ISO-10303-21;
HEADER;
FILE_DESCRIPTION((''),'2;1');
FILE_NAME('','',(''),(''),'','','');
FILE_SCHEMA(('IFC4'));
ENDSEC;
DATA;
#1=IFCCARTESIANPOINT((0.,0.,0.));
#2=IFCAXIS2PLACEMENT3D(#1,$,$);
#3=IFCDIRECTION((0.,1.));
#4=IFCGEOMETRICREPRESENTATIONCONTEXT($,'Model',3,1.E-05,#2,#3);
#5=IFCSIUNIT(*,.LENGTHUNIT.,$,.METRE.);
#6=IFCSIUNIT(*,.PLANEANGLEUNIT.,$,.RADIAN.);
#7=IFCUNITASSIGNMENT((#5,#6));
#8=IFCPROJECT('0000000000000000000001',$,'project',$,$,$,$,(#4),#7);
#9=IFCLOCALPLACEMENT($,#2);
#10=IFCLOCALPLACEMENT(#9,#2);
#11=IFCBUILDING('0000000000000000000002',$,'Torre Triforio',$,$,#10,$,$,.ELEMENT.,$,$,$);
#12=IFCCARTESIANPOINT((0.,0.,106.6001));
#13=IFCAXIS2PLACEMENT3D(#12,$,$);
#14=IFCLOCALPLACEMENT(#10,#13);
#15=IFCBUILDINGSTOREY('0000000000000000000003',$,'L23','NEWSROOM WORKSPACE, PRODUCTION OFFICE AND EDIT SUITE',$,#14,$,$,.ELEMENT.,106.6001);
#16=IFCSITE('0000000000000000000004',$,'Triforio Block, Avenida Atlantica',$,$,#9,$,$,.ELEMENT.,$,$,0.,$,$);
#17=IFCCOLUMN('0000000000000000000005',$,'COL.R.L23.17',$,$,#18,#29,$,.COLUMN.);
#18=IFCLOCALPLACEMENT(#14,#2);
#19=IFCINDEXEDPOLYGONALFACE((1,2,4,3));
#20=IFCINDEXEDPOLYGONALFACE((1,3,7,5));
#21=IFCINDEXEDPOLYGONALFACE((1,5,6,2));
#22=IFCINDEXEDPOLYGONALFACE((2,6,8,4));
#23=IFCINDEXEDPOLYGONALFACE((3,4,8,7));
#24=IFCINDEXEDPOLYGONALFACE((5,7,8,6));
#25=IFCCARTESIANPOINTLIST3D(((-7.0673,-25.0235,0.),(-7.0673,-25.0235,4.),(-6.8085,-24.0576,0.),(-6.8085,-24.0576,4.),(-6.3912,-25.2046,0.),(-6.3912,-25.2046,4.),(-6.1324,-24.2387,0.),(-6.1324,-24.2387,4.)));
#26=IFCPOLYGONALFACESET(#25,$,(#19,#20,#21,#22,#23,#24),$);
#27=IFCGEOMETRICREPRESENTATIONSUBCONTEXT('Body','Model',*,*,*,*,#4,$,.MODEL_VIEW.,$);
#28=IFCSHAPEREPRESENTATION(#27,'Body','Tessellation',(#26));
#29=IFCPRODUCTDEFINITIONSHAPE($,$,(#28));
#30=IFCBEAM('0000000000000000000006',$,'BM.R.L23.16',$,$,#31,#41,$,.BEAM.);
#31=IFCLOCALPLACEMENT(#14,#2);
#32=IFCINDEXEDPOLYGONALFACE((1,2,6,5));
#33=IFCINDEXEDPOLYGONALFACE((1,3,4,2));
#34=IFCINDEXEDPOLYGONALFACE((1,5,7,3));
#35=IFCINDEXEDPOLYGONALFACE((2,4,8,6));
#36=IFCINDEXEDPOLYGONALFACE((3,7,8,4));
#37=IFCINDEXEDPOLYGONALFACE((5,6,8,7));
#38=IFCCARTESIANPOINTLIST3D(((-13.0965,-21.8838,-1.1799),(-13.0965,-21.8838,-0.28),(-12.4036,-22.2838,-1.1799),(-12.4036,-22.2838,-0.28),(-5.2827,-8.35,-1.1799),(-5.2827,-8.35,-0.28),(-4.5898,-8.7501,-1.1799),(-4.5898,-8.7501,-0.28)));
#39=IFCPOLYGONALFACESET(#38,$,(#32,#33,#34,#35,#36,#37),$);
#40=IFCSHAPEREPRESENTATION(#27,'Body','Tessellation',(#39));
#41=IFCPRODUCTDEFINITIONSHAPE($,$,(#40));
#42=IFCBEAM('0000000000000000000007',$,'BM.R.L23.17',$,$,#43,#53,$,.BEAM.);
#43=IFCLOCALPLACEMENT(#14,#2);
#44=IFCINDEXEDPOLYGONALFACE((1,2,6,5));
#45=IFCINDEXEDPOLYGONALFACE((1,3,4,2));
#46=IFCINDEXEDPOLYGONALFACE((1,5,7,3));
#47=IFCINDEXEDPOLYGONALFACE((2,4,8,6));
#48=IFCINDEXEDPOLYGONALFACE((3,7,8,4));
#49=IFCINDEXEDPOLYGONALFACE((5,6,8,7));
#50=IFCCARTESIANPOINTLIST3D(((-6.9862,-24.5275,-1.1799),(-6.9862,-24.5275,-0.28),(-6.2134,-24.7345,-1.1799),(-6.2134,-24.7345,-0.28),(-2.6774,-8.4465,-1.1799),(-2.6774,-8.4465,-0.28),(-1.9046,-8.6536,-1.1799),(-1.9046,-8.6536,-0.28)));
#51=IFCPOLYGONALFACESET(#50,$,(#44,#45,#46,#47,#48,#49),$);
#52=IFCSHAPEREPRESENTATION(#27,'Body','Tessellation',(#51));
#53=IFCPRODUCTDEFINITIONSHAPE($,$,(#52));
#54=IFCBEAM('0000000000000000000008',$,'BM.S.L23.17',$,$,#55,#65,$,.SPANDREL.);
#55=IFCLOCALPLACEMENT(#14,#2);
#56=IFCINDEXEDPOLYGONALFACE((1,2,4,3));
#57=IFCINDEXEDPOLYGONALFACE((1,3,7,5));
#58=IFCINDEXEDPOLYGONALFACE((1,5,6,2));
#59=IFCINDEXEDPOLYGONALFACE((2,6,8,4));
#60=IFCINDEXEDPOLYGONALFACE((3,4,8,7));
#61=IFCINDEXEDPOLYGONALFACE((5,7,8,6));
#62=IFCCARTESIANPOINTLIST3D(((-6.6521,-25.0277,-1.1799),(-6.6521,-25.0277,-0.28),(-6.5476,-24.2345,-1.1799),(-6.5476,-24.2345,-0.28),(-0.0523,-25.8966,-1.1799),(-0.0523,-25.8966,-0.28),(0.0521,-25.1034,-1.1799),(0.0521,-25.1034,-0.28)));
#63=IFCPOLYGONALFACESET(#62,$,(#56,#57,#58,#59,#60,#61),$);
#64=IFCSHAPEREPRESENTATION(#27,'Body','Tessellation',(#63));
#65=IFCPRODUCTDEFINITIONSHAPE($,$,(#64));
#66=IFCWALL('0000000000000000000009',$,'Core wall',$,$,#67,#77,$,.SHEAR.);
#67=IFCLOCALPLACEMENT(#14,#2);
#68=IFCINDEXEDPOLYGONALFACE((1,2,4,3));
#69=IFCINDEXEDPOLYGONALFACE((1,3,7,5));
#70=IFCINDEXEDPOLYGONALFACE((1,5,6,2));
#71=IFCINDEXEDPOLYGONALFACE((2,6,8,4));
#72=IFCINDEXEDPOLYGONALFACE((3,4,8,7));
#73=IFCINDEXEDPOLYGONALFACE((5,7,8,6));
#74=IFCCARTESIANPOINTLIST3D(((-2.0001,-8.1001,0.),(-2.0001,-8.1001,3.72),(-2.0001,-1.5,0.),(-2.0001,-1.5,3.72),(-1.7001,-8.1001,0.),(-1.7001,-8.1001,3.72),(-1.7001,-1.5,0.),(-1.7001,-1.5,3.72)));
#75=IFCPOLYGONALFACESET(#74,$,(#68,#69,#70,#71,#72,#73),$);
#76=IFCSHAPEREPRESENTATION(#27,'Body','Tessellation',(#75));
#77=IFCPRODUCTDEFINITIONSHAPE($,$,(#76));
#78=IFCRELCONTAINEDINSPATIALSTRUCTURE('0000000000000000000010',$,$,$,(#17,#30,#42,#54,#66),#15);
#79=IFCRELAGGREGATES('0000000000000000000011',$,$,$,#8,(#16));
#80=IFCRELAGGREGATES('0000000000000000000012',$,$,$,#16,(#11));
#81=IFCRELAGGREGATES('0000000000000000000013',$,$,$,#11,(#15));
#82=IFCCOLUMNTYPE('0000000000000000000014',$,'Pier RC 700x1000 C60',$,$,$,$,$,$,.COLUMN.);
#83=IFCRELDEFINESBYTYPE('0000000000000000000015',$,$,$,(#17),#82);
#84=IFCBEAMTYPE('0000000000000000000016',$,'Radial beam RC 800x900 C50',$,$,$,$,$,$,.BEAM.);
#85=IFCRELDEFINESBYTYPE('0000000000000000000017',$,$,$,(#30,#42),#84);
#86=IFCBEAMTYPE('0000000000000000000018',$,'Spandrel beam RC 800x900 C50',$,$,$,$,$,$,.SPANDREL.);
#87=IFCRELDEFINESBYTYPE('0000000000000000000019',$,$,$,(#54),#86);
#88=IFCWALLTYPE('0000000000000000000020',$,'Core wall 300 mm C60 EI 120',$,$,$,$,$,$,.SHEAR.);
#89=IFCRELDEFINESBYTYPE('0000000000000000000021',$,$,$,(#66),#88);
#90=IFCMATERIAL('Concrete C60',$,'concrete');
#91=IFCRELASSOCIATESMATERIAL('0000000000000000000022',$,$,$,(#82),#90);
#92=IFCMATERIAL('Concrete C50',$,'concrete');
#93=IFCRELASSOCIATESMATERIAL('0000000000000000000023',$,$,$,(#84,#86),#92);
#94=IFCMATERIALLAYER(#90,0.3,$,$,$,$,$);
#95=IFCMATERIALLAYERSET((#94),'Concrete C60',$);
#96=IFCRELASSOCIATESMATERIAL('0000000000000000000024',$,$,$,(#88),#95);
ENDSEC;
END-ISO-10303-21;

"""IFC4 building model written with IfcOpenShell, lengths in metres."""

from ifc_helpers import new_model, si_unit, direction, frame, frame_2d, origin, origin_2d, place, context, subcontext, project, spatial, rectangle, extrude, material, layer, layer_set, material_profile, profile_set, type_object, element, save


model = new_model("IFC4")

# Units and contexts
model_context = context("Model", 3, precision=1e-05, world=origin(), true_north=direction((0.0, 1.0)))
body_context = subcontext(model_context, "Body", "Model", "MODEL_VIEW")
ifc_project = project(units=[si_unit("LENGTHUNIT", "METRE"), si_unit("PLANEANGLEUNIT", "RADIAN")], contexts=[model_context])

# Site, building, storey
site_placement = place(None, origin())
site = spatial("IfcSite", under=ifc_project, at=site_placement, Name="Triforio Block, Avenida Atlantica", CompositionType="ELEMENT", RefElevation=0.0)
building_placement = place(site_placement, origin())
building = spatial("IfcBuilding", under=site, at=building_placement, Name="Torre Triforio", CompositionType="ELEMENT")
storey_placement = place(building_placement, frame((0.0, 0.0, 106.6001)))
storey = spatial("IfcBuildingStorey", under=building, at=storey_placement, Name="L23", Description="NEWSROOM WORKSPACE, PRODUCTION OFFICE AND EDIT SUITE", CompositionType="ELEMENT", Elevation=106.6001)

# Column
ifc_material_1 = material(Name="Concrete C60", Category="concrete")
ifc_material_profile_1 = material_profile(ifc_material_1, rectangle(XDim=0.7, YDim=1.0, at=origin_2d()), Name="RC 700x1000")
ifc_profile_set_1 = profile_set([ifc_material_profile_1], Name="Concrete C60")
column_type = type_object("IfcColumnType", Name="Pier RC 700x1000 C60", PredefinedType="COLUMN", material=ifc_profile_set_1)
column_placement = place(storey_placement, frame((-6.5999, -24.6311, 0.0), z_axis=(0.0, 0.0, 1.0), x_axis=(0.965926, -0.258819, 0.0)))
element("IfcColumn", 1, at=column_placement, inside=storey, type_object=column_type, Name="COL.R.L23.17", PredefinedType="COLUMN", context=body_context, shape_type="SweptSolid", body=[
    extrude(rectangle(XDim=0.7, YDim=1.0, at=origin_2d()), origin(), (0.0, 0.0, 1.0), 4.0),
])

# Beams
ifc_material_2 = material(Name="Concrete C50", Category="concrete")
ifc_material_profile_2 = material_profile(ifc_material_2, rectangle(XDim=0.8, YDim=0.8999, at=origin_2d()), Name="RC 800x900")
ifc_profile_set_2 = profile_set([ifc_material_profile_2], Name="Concrete C50")
beam_type_1 = type_object("IfcBeamType", Name="Radial beam RC 800x900 C50", PredefinedType="BEAM", material=ifc_profile_set_2)
beam_1_placement = place(storey_placement, frame((-4.9363, -8.55, -0.73), z_axis=(-0.500002, -0.866024, 0.0), x_axis=(0.866024, -0.500002, 0.0)))
element("IfcBeam", 2, at=beam_1_placement, inside=storey, type_object=beam_type_1, Name="BM.R.L23.16", PredefinedType="BEAM", context=body_context, shape_type="SweptSolid", body=[
    extrude(rectangle(XDim=0.8, YDim=0.8999, at=origin_2d()), origin(), (0.0, 0.0, 1.0), 15.6274),
])
beam_2_placement = place(storey_placement, frame((-2.291, -8.55, -0.73), z_axis=(-0.258815, -0.965927, 0.0), x_axis=(0.965927, -0.258815, 0.0)))
element("IfcBeam", 3, at=beam_2_placement, inside=storey, type_object=beam_type_1, Name="BM.R.L23.17", PredefinedType="BEAM", context=body_context, shape_type="SweptSolid", body=[
    extrude(rectangle(XDim=0.8, YDim=0.8999, at=origin_2d()), origin(), (0.0, 0.0, 1.0), 16.6482),
])
ifc_material_profile_3 = material_profile(ifc_material_2, rectangle(XDim=0.8, YDim=0.8999, at=origin_2d()), Name="RC 800x900")
ifc_profile_set_3 = profile_set([ifc_material_profile_3], Name="Concrete C50")
beam_type_2 = type_object("IfcBeamType", Name="Spandrel beam RC 800x900 C50", PredefinedType="SPANDREL", material=ifc_profile_set_3)
beam_3_placement = place(storey_placement, frame((-6.5999, -24.6311, -0.73), z_axis=(0.991445, -0.130528, 0.0), x_axis=(0.130528, 0.991445, 0.0)))
element("IfcBeam", 4, at=beam_3_placement, inside=storey, type_object=beam_type_2, Name="BM.S.L23.17", PredefinedType="SPANDREL", context=body_context, shape_type="SweptSolid", body=[
    extrude(rectangle(XDim=0.8, YDim=0.8999, at=origin_2d()), origin(), (0.0, 0.0, 1.0), 6.6567),
])

# Wall
ifc_layer_1 = layer(ifc_material_1, 0.3)
ifc_layer_set_1 = layer_set([ifc_layer_1], Name="Concrete C60")
wall_type_1 = type_object("IfcWallType", Name="Core wall 300 mm C60 EI 120", PredefinedType="SHEAR", material=ifc_layer_set_1)
wall_1_placement = place(storey_placement, frame((-1.8501, -8.1001, 0.0), z_axis=(0.0, 0.0, 1.0), x_axis=(0.0, 1.0, 0.0)))
element("IfcWall", 5, at=wall_1_placement, inside=storey, type_object=wall_type_1, Name="Core wall", PredefinedType="SHEAR", context=body_context, shape_type="SweptSolid", body=[
    extrude(rectangle(XDim=6.6001, YDim=0.3, at=frame_2d((3.3, 0.0))), origin(), (0.0, 0.0, 1.0), 3.72),
])

save(model, "model.ifc")
